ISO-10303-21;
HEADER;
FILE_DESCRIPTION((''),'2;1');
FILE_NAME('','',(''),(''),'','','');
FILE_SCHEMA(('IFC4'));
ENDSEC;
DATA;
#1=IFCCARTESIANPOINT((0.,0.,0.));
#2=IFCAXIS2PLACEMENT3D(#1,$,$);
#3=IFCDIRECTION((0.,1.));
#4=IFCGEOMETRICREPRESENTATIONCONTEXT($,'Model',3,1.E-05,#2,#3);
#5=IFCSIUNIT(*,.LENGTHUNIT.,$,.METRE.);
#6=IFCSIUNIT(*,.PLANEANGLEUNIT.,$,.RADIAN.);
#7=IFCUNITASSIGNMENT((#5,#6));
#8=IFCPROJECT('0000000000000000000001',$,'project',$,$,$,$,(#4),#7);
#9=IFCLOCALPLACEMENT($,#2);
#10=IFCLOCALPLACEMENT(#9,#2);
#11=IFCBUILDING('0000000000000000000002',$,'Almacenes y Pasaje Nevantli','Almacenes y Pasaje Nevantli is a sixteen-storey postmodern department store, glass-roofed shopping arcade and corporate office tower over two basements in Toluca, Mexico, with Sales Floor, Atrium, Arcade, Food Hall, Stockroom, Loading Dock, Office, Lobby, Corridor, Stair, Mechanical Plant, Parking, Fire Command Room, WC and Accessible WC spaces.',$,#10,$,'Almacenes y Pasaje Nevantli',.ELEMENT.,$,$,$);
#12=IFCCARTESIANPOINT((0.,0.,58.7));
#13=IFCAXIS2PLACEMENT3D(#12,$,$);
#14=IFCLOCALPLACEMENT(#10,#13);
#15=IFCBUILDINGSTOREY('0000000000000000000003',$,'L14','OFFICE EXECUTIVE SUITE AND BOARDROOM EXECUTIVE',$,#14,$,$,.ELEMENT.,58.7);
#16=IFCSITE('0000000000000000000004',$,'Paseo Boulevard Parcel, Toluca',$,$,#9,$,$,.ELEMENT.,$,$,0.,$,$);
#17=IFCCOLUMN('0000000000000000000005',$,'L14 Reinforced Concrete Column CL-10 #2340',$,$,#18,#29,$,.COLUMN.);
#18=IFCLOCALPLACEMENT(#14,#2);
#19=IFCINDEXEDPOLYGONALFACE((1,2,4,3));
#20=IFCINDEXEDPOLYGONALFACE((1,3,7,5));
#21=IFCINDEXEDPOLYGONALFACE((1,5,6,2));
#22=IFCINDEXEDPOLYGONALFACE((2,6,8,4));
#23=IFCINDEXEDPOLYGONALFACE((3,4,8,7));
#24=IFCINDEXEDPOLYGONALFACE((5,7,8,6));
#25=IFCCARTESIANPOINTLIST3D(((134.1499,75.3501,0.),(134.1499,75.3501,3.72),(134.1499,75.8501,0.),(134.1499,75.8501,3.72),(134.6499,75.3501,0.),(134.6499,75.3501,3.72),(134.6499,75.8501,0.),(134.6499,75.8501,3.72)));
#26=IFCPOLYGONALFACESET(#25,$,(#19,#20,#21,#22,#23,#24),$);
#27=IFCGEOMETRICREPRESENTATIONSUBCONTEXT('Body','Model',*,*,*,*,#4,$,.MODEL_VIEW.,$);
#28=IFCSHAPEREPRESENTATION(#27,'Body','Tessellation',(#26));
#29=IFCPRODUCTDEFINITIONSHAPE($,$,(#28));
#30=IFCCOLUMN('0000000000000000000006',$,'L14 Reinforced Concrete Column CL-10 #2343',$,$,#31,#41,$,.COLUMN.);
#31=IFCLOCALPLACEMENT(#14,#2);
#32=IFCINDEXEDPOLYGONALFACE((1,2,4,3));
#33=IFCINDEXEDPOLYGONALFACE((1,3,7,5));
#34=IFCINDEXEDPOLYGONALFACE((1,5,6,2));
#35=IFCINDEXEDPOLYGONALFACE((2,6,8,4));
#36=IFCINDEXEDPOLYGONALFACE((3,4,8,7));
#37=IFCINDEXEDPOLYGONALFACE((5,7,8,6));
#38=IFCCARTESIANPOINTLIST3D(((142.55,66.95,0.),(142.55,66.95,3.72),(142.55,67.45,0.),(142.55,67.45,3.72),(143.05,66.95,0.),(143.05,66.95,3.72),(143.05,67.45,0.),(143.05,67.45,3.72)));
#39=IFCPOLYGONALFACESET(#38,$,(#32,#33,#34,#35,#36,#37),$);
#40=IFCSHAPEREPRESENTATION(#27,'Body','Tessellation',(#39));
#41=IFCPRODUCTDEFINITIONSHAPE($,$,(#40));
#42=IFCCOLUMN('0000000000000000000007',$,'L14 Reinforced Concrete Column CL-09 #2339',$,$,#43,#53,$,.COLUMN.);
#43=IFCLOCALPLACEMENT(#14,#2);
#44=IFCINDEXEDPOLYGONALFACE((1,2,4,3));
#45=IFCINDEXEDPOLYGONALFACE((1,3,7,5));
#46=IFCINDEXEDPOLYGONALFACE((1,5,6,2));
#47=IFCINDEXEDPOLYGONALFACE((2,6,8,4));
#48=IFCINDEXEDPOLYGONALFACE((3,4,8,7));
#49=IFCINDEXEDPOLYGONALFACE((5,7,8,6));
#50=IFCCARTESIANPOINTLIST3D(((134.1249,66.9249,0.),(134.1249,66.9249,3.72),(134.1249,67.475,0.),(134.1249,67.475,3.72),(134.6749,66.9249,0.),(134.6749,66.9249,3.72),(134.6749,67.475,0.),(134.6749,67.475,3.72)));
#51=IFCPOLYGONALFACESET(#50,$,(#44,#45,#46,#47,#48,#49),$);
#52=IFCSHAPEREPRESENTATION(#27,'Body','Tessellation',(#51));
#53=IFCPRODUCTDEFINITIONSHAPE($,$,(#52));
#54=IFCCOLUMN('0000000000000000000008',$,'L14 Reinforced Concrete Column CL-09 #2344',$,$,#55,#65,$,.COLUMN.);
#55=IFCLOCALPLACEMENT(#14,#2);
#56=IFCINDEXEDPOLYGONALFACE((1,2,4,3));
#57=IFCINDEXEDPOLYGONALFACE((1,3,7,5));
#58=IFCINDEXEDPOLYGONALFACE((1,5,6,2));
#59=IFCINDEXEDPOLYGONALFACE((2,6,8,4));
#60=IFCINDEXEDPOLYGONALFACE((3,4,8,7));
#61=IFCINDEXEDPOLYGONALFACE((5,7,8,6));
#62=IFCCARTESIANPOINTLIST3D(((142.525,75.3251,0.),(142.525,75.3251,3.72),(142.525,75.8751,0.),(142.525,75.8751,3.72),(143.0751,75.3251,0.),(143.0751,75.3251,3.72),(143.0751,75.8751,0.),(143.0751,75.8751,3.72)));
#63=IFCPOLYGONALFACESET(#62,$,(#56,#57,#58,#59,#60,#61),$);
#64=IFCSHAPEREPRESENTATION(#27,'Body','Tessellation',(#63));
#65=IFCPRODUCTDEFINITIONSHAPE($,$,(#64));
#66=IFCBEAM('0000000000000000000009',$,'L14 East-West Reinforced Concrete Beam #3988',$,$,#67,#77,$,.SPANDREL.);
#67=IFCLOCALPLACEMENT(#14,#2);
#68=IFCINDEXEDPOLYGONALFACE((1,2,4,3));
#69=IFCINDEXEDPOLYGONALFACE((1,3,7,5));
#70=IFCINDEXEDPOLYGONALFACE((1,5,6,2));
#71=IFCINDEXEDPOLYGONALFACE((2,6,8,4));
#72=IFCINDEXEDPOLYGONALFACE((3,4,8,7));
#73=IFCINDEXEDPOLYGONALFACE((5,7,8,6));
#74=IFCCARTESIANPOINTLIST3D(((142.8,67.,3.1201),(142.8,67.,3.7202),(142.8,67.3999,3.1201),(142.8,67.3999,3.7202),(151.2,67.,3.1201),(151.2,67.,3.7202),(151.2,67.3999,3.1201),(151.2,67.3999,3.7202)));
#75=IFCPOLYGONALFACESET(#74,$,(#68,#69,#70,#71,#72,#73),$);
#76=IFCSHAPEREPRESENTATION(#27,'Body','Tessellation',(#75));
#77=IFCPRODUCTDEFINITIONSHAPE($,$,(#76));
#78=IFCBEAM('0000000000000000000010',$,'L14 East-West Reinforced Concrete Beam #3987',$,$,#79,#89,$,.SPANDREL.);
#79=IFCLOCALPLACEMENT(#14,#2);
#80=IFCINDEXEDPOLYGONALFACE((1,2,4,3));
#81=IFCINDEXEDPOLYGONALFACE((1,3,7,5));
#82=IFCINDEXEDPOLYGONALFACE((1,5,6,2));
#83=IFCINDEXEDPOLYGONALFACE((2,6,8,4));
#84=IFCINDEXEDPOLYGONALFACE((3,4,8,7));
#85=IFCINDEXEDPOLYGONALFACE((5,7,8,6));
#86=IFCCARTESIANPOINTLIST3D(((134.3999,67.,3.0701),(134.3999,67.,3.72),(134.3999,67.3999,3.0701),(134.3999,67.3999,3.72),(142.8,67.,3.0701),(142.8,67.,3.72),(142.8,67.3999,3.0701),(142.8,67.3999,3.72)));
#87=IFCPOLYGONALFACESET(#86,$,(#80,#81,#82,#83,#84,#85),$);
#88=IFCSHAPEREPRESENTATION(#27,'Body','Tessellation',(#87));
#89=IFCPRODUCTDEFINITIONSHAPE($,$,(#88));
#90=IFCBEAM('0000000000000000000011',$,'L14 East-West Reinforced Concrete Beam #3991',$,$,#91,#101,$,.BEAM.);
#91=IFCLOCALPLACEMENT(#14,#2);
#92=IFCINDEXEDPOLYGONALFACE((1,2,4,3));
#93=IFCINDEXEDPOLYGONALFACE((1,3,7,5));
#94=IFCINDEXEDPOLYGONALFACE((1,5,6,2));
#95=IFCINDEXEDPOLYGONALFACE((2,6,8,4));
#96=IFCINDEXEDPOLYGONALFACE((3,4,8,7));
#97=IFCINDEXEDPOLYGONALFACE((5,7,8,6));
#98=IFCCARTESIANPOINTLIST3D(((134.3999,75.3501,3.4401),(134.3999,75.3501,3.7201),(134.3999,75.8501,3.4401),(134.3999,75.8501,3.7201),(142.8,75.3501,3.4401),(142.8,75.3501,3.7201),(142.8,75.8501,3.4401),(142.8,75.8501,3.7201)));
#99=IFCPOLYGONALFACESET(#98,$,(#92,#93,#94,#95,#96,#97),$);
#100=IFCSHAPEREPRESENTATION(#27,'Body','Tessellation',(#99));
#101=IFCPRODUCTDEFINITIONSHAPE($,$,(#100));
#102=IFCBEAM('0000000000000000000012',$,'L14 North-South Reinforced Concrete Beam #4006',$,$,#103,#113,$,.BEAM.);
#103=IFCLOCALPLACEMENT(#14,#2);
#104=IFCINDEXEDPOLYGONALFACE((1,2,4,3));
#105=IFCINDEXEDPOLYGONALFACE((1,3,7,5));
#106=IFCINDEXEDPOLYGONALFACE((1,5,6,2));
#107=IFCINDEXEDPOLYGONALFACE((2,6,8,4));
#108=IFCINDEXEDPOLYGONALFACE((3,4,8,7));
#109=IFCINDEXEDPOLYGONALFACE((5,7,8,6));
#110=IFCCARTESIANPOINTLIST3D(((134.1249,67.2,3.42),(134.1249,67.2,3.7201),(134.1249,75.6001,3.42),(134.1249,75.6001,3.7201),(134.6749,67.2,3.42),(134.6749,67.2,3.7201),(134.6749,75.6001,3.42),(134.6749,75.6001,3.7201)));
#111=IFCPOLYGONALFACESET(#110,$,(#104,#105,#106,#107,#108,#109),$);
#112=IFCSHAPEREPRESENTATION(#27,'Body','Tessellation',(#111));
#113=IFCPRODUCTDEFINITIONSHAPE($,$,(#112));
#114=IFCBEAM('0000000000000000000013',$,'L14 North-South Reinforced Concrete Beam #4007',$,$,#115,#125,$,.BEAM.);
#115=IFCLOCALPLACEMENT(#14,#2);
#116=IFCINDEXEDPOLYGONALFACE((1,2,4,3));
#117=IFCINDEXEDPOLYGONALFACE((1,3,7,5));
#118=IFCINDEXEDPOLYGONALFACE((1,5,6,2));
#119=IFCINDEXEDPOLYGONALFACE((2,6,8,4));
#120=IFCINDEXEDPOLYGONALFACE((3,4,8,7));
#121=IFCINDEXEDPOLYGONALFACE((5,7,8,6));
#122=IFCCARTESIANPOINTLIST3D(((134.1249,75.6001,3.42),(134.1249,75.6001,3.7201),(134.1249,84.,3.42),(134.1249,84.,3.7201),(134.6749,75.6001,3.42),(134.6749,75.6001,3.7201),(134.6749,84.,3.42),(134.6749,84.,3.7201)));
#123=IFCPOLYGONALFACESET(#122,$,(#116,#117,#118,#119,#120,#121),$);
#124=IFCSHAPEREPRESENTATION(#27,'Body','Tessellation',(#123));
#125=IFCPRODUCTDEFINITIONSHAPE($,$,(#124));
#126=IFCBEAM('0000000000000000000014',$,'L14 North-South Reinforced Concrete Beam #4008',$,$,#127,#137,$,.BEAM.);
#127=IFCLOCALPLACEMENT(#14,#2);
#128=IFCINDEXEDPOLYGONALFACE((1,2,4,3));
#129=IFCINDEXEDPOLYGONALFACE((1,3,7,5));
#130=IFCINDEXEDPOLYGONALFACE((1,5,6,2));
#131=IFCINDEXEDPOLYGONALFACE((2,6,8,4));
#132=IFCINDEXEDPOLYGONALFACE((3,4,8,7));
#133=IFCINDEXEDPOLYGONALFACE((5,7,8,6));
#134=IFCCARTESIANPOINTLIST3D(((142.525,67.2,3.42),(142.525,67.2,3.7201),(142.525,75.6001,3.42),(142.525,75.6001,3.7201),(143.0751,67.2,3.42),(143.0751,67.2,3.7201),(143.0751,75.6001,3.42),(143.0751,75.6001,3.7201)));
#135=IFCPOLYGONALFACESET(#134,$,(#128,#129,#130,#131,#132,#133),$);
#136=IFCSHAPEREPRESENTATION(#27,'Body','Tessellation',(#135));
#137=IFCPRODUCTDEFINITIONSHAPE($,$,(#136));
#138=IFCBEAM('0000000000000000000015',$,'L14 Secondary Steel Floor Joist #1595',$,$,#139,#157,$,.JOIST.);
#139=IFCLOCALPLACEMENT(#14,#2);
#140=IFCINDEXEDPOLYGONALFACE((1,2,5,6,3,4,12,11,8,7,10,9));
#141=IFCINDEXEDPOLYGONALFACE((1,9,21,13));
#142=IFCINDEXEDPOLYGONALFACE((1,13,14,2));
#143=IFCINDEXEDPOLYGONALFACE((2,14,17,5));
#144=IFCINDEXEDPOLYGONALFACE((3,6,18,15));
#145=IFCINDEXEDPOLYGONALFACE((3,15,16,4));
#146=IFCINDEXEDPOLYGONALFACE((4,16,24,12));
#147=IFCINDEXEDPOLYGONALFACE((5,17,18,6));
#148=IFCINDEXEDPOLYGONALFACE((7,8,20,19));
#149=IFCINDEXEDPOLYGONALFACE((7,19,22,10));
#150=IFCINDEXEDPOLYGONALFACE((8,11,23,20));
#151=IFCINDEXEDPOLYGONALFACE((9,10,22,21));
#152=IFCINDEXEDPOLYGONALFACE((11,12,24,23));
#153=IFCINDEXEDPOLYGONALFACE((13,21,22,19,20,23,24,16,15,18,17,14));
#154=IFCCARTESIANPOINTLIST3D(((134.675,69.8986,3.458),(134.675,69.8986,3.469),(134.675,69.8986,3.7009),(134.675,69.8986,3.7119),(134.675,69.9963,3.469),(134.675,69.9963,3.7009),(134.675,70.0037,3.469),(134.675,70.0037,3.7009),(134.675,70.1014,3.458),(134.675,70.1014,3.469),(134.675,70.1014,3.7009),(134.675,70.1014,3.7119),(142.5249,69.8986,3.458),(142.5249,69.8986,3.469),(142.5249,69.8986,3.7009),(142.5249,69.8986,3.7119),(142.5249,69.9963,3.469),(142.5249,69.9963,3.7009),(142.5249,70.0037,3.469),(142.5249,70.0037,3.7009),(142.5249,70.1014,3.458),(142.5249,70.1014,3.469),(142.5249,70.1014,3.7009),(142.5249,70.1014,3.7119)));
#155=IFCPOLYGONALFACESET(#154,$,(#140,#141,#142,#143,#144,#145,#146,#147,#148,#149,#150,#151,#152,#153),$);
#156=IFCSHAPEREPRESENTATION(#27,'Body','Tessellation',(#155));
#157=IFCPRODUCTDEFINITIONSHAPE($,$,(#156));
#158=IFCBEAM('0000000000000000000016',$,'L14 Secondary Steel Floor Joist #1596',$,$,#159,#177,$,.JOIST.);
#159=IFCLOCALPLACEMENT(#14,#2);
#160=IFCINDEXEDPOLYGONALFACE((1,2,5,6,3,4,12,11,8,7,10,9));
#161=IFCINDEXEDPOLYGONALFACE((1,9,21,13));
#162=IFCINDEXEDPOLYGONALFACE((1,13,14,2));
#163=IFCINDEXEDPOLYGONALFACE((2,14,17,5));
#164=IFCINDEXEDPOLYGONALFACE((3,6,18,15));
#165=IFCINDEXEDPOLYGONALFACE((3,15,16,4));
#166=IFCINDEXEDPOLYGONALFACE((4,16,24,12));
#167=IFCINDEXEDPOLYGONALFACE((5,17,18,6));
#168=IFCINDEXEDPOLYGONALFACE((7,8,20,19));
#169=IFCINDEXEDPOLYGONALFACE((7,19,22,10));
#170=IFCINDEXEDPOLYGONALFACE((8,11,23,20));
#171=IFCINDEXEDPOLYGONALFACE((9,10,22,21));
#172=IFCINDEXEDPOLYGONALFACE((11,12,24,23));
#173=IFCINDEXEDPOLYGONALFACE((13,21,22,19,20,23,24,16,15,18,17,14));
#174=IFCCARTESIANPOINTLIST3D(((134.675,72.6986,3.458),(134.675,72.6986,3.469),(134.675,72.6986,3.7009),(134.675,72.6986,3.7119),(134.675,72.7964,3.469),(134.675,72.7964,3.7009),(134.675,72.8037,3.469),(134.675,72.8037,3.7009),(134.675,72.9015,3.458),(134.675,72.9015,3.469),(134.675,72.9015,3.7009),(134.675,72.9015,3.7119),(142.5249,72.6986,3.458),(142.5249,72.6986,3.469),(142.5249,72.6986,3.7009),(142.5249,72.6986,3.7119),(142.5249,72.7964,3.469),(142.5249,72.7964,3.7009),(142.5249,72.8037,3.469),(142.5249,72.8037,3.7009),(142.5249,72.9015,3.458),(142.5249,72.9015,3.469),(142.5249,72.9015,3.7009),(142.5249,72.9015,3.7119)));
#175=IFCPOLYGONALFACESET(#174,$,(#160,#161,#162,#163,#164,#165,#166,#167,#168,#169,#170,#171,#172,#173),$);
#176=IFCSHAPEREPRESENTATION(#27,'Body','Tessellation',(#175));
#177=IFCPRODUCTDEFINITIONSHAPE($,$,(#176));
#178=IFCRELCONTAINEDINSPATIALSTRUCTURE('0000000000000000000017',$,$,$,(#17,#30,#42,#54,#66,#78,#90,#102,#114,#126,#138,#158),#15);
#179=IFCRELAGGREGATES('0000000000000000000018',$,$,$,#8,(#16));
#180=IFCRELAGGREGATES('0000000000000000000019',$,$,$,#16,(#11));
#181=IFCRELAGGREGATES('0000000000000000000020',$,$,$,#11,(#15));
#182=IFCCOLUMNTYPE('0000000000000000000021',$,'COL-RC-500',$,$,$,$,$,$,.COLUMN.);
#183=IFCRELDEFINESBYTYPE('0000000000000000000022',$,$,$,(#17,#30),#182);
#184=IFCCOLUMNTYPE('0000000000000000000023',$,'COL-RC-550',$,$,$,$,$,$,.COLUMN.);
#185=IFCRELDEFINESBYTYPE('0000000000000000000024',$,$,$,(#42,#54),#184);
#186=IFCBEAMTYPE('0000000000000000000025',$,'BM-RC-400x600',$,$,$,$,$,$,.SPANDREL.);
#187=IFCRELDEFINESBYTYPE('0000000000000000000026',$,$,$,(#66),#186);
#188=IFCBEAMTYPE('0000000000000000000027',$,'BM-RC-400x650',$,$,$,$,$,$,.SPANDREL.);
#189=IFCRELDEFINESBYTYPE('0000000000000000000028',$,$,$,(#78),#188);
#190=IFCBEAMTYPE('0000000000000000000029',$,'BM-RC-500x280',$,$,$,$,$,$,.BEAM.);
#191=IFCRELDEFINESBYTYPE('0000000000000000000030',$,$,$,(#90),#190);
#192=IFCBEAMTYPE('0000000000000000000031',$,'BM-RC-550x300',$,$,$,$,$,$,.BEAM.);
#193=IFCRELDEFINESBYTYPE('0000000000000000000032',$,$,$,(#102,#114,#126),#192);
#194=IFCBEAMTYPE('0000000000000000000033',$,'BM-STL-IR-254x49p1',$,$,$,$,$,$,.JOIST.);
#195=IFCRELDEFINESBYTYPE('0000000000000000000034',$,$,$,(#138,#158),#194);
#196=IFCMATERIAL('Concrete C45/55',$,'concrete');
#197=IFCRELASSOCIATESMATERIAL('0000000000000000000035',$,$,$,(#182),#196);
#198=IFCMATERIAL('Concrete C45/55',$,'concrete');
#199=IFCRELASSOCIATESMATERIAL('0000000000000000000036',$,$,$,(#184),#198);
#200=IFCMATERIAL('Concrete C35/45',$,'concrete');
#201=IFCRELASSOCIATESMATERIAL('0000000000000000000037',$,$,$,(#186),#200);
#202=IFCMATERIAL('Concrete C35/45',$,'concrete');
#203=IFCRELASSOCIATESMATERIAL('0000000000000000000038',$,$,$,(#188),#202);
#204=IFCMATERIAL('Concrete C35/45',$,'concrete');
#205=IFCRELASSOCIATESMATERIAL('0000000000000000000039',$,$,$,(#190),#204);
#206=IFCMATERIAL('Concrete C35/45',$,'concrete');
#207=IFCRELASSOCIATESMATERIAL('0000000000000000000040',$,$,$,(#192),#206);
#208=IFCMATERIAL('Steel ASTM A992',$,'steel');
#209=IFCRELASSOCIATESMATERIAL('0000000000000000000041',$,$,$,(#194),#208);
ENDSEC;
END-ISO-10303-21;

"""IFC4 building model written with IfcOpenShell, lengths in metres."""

from ifc_helpers import new_model, si_unit, direction, frame, origin, origin_2d, place, context, subcontext, project, spatial, rectangle, i_section, extrude, material, material_profile, profile_set, type_object, element, save


model = new_model("IFC4")

# Units and contexts
model_context = context("Model", 3, precision=1e-05, world=origin(), true_north=direction((0.0, 1.0)))
body_context = subcontext(model_context, "Body", "Model", "MODEL_VIEW")
ifc_project = project(units=[si_unit("LENGTHUNIT", "METRE"), si_unit("PLANEANGLEUNIT", "RADIAN")], contexts=[model_context])

# Site, building, storey
site_placement = place(None, origin())
site = spatial("IfcSite", under=ifc_project, at=site_placement, Name="Paseo Boulevard Parcel, Toluca", CompositionType="ELEMENT", RefElevation=0.0)
building_placement = place(site_placement, origin())
building = spatial("IfcBuilding", under=site, at=building_placement, Name="Almacenes y Pasaje Nevantli", Description="Almacenes y Pasaje Nevantli is a sixteen-storey postmodern department store, glass-roofed shopping arcade and corporate office tower over two basements in Toluca, Mexico, with Sales Floor, Atrium, Arcade, Food Hall, Stockroom, Loading Dock, Office, Lobby, Corridor, Stair, Mechanical Plant, Parking, Fire Command Room, WC and Accessible WC spaces.", LongName="Almacenes y Pasaje Nevantli", CompositionType="ELEMENT")
storey_placement = place(building_placement, frame((0.0, 0.0, 58.7)))
storey = spatial("IfcBuildingStorey", under=building, at=storey_placement, Name="L14", Description="OFFICE EXECUTIVE SUITE AND BOARDROOM EXECUTIVE", CompositionType="ELEMENT", Elevation=58.7)

# Columns
ifc_material_1 = material(Name="Concrete C45/55", Category="concrete")
ifc_material_profile_1 = material_profile(ifc_material_1, rectangle(XDim=0.5, YDim=0.5, at=origin_2d()), Name="RC-COL-500x500")
ifc_profile_set_1 = profile_set([ifc_material_profile_1], Name="Concrete C45/55")
column_type_1 = type_object("IfcColumnType", Name="COL-RC-500", PredefinedType="COLUMN", material=ifc_profile_set_1)
for number, where, z_axis, x_axis, name in (
    (1, (134.3999, 75.6001, 0.0), (0.0, 0.0, 1.0), (1.0, 0.0, 0.0), "L14 Reinforced Concrete Column CL-10 #2340"),
    (2, (142.8, 67.2, 0.0), (0.0, 0.0, 1.0), (1.0, 0.0, 0.0), "L14 Reinforced Concrete Column CL-10 #2343"),
):
    element("IfcColumn", number, at=place(storey_placement, frame(where, z_axis=z_axis, x_axis=x_axis)), inside=storey, type_object=column_type_1, Name=name, PredefinedType="COLUMN", context=body_context, shape_type="SweptSolid", body=[
        extrude(rectangle(XDim=0.5, YDim=0.5, at=origin_2d()), origin(), (0.0, 0.0, 1.0), 3.72),
    ])
ifc_material_2 = material(Name="Concrete C45/55", Category="concrete")
ifc_material_profile_2 = material_profile(ifc_material_2, rectangle(XDim=0.55, YDim=0.55, at=origin_2d()), Name="RC-COL-550x550")
ifc_profile_set_2 = profile_set([ifc_material_profile_2], Name="Concrete C45/55")
column_type_2 = type_object("IfcColumnType", Name="COL-RC-550", PredefinedType="COLUMN", material=ifc_profile_set_2)
for number, where, z_axis, x_axis, name in (
    (3, (134.3999, 67.2, 0.0), (0.0, 0.0, 1.0), (1.0, 0.0, 0.0), "L14 Reinforced Concrete Column CL-09 #2339"),
    (4, (142.8, 75.6001, 0.0), (0.0, 0.0, 1.0), (1.0, 0.0, 0.0), "L14 Reinforced Concrete Column CL-09 #2344"),
):
    element("IfcColumn", number, at=place(storey_placement, frame(where, z_axis=z_axis, x_axis=x_axis)), inside=storey, type_object=column_type_2, Name=name, PredefinedType="COLUMN", context=body_context, shape_type="SweptSolid", body=[
        extrude(rectangle(XDim=0.55, YDim=0.55, at=origin_2d()), origin(), (0.0, 0.0, 1.0), 3.72),
    ])

# Beams
ifc_material_3 = material(Name="Concrete C35/45", Category="concrete")
ifc_material_profile_3 = material_profile(ifc_material_3, rectangle(XDim=0.3999, YDim=0.6001, at=origin_2d()), Name="RC-BM-400x600")
ifc_profile_set_3 = profile_set([ifc_material_profile_3], Name="Concrete C35/45")
beam_type_1 = type_object("IfcBeamType", Name="BM-RC-400x600", PredefinedType="SPANDREL", material=ifc_profile_set_3)
beam_1_placement = place(storey_placement, frame((142.8, 67.2, 3.4202), z_axis=(1.0, 0.0, 0.0), x_axis=(0.0, 1.0, 0.0)))
element("IfcBeam", 5, at=beam_1_placement, inside=storey, type_object=beam_type_1, Name="L14 East-West Reinforced Concrete Beam #3988", PredefinedType="SPANDREL", context=body_context, shape_type="SweptSolid", body=[
    extrude(rectangle(XDim=0.3999, YDim=0.6001, at=origin_2d()), origin(), (0.0, 0.0, 1.0), 8.3999),
])
ifc_material_4 = material(Name="Concrete C35/45", Category="concrete")
ifc_material_profile_4 = material_profile(ifc_material_4, rectangle(XDim=0.3999, YDim=0.6499, at=origin_2d()), Name="RC-BM-400x650")
ifc_profile_set_4 = profile_set([ifc_material_profile_4], Name="Concrete C35/45")
beam_type_2 = type_object("IfcBeamType", Name="BM-RC-400x650", PredefinedType="SPANDREL", material=ifc_profile_set_4)
beam_2_placement = place(storey_placement, frame((134.3999, 67.2, 3.395), z_axis=(1.0, 0.0, 0.0), x_axis=(0.0, 1.0, 0.0)))
element("IfcBeam", 6, at=beam_2_placement, inside=storey, type_object=beam_type_2, Name="L14 East-West Reinforced Concrete Beam #3987", PredefinedType="SPANDREL", context=body_context, shape_type="SweptSolid", body=[
    extrude(rectangle(XDim=0.3999, YDim=0.6499, at=origin_2d()), origin(), (0.0, 0.0, 1.0), 8.4001),
])
ifc_material_5 = material(Name="Concrete C35/45", Category="concrete")
ifc_material_profile_5 = material_profile(ifc_material_5, rectangle(XDim=0.5, YDim=0.28, at=origin_2d()), Name="RC-BM-500x280")
ifc_profile_set_5 = profile_set([ifc_material_profile_5], Name="Concrete C35/45")
beam_type_3 = type_object("IfcBeamType", Name="BM-RC-500x280", PredefinedType="BEAM", material=ifc_profile_set_5)
beam_3_placement = place(storey_placement, frame((134.3999, 75.6001, 3.5801), z_axis=(1.0, 0.0, 0.0), x_axis=(0.0, 1.0, 0.0)))
element("IfcBeam", 7, at=beam_3_placement, inside=storey, type_object=beam_type_3, Name="L14 East-West Reinforced Concrete Beam #3991", PredefinedType="BEAM", context=body_context, shape_type="SweptSolid", body=[
    extrude(rectangle(XDim=0.5, YDim=0.28, at=origin_2d()), origin(), (0.0, 0.0, 1.0), 8.4001),
])
ifc_material_6 = material(Name="Concrete C35/45", Category="concrete")
ifc_material_profile_6 = material_profile(ifc_material_6, rectangle(XDim=0.55, YDim=0.3, at=origin_2d()), Name="RC-BM-550x300")
ifc_profile_set_6 = profile_set([ifc_material_profile_6], Name="Concrete C35/45")
beam_type_4 = type_object("IfcBeamType", Name="BM-RC-550x300", PredefinedType="BEAM", material=ifc_profile_set_6)
beam_4_placement = place(storey_placement, frame((134.3999, 67.2, 3.5701), z_axis=(0.0, 1.0, 0.0), x_axis=(-1.0, 0.0, 0.0)))
element("IfcBeam", 8, at=beam_4_placement, inside=storey, type_object=beam_type_4, Name="L14 North-South Reinforced Concrete Beam #4006", PredefinedType="BEAM", context=body_context, shape_type="SweptSolid", body=[
    extrude(rectangle(XDim=0.55, YDim=0.3, at=origin_2d()), origin(), (0.0, 0.0, 1.0), 8.4001),
])
beam_5_placement = place(storey_placement, frame((134.3999, 75.6001, 3.5701), z_axis=(0.0, 1.0, 0.0), x_axis=(-1.0, 0.0, 0.0)))
element("IfcBeam", 9, at=beam_5_placement, inside=storey, type_object=beam_type_4, Name="L14 North-South Reinforced Concrete Beam #4007", PredefinedType="BEAM", context=body_context, shape_type="SweptSolid", body=[
    extrude(rectangle(XDim=0.55, YDim=0.3, at=origin_2d()), origin(), (0.0, 0.0, 1.0), 8.3999),
])
beam_6_placement = place(storey_placement, frame((142.8, 67.2, 3.5701), z_axis=(0.0, 1.0, 0.0), x_axis=(-1.0, 0.0, 0.0)))
element("IfcBeam", 10, at=beam_6_placement, inside=storey, type_object=beam_type_4, Name="L14 North-South Reinforced Concrete Beam #4008", PredefinedType="BEAM", context=body_context, shape_type="SweptSolid", body=[
    extrude(rectangle(XDim=0.55, YDim=0.3, at=origin_2d()), origin(), (0.0, 0.0, 1.0), 8.4001),
])
ifc_material_7 = material(Name="Steel ASTM A992", Category="steel")
ifc_material_profile_7 = material_profile(ifc_material_7, i_section(OverallWidth=0.2029, OverallDepth=0.2539, WebThickness=0.0073, FlangeThickness=0.011, at=origin_2d()), Name="IR 254x49.1")
ifc_profile_set_7 = profile_set([ifc_material_profile_7], Name="Steel ASTM A992")
beam_type_5 = type_object("IfcBeamType", Name="BM-STL-IR-254x49p1", PredefinedType="JOIST", material=ifc_profile_set_7)
for number, where, z_axis, x_axis, name in (
    (11, (134.675, 70.0, 3.585), (1.0, 0.0, 0.0), (0.0, 1.0, 0.0), "L14 Secondary Steel Floor Joist #1595"),
    (12, (134.675, 72.8, 3.585), (1.0, 0.0, 0.0), (0.0, 1.0, 0.0), "L14 Secondary Steel Floor Joist #1596"),
):
    element("IfcBeam", number, at=place(storey_placement, frame(where, z_axis=z_axis, x_axis=x_axis)), inside=storey, type_object=beam_type_5, Name=name, PredefinedType="JOIST", context=body_context, shape_type="SweptSolid", body=[
        extrude(i_section(OverallWidth=0.2029, OverallDepth=0.2539, WebThickness=0.0073, FlangeThickness=0.011, at=origin_2d()), origin(), (0.0, 0.0, 1.0), 7.8499),
    ])

save(model, "model.ifc")
